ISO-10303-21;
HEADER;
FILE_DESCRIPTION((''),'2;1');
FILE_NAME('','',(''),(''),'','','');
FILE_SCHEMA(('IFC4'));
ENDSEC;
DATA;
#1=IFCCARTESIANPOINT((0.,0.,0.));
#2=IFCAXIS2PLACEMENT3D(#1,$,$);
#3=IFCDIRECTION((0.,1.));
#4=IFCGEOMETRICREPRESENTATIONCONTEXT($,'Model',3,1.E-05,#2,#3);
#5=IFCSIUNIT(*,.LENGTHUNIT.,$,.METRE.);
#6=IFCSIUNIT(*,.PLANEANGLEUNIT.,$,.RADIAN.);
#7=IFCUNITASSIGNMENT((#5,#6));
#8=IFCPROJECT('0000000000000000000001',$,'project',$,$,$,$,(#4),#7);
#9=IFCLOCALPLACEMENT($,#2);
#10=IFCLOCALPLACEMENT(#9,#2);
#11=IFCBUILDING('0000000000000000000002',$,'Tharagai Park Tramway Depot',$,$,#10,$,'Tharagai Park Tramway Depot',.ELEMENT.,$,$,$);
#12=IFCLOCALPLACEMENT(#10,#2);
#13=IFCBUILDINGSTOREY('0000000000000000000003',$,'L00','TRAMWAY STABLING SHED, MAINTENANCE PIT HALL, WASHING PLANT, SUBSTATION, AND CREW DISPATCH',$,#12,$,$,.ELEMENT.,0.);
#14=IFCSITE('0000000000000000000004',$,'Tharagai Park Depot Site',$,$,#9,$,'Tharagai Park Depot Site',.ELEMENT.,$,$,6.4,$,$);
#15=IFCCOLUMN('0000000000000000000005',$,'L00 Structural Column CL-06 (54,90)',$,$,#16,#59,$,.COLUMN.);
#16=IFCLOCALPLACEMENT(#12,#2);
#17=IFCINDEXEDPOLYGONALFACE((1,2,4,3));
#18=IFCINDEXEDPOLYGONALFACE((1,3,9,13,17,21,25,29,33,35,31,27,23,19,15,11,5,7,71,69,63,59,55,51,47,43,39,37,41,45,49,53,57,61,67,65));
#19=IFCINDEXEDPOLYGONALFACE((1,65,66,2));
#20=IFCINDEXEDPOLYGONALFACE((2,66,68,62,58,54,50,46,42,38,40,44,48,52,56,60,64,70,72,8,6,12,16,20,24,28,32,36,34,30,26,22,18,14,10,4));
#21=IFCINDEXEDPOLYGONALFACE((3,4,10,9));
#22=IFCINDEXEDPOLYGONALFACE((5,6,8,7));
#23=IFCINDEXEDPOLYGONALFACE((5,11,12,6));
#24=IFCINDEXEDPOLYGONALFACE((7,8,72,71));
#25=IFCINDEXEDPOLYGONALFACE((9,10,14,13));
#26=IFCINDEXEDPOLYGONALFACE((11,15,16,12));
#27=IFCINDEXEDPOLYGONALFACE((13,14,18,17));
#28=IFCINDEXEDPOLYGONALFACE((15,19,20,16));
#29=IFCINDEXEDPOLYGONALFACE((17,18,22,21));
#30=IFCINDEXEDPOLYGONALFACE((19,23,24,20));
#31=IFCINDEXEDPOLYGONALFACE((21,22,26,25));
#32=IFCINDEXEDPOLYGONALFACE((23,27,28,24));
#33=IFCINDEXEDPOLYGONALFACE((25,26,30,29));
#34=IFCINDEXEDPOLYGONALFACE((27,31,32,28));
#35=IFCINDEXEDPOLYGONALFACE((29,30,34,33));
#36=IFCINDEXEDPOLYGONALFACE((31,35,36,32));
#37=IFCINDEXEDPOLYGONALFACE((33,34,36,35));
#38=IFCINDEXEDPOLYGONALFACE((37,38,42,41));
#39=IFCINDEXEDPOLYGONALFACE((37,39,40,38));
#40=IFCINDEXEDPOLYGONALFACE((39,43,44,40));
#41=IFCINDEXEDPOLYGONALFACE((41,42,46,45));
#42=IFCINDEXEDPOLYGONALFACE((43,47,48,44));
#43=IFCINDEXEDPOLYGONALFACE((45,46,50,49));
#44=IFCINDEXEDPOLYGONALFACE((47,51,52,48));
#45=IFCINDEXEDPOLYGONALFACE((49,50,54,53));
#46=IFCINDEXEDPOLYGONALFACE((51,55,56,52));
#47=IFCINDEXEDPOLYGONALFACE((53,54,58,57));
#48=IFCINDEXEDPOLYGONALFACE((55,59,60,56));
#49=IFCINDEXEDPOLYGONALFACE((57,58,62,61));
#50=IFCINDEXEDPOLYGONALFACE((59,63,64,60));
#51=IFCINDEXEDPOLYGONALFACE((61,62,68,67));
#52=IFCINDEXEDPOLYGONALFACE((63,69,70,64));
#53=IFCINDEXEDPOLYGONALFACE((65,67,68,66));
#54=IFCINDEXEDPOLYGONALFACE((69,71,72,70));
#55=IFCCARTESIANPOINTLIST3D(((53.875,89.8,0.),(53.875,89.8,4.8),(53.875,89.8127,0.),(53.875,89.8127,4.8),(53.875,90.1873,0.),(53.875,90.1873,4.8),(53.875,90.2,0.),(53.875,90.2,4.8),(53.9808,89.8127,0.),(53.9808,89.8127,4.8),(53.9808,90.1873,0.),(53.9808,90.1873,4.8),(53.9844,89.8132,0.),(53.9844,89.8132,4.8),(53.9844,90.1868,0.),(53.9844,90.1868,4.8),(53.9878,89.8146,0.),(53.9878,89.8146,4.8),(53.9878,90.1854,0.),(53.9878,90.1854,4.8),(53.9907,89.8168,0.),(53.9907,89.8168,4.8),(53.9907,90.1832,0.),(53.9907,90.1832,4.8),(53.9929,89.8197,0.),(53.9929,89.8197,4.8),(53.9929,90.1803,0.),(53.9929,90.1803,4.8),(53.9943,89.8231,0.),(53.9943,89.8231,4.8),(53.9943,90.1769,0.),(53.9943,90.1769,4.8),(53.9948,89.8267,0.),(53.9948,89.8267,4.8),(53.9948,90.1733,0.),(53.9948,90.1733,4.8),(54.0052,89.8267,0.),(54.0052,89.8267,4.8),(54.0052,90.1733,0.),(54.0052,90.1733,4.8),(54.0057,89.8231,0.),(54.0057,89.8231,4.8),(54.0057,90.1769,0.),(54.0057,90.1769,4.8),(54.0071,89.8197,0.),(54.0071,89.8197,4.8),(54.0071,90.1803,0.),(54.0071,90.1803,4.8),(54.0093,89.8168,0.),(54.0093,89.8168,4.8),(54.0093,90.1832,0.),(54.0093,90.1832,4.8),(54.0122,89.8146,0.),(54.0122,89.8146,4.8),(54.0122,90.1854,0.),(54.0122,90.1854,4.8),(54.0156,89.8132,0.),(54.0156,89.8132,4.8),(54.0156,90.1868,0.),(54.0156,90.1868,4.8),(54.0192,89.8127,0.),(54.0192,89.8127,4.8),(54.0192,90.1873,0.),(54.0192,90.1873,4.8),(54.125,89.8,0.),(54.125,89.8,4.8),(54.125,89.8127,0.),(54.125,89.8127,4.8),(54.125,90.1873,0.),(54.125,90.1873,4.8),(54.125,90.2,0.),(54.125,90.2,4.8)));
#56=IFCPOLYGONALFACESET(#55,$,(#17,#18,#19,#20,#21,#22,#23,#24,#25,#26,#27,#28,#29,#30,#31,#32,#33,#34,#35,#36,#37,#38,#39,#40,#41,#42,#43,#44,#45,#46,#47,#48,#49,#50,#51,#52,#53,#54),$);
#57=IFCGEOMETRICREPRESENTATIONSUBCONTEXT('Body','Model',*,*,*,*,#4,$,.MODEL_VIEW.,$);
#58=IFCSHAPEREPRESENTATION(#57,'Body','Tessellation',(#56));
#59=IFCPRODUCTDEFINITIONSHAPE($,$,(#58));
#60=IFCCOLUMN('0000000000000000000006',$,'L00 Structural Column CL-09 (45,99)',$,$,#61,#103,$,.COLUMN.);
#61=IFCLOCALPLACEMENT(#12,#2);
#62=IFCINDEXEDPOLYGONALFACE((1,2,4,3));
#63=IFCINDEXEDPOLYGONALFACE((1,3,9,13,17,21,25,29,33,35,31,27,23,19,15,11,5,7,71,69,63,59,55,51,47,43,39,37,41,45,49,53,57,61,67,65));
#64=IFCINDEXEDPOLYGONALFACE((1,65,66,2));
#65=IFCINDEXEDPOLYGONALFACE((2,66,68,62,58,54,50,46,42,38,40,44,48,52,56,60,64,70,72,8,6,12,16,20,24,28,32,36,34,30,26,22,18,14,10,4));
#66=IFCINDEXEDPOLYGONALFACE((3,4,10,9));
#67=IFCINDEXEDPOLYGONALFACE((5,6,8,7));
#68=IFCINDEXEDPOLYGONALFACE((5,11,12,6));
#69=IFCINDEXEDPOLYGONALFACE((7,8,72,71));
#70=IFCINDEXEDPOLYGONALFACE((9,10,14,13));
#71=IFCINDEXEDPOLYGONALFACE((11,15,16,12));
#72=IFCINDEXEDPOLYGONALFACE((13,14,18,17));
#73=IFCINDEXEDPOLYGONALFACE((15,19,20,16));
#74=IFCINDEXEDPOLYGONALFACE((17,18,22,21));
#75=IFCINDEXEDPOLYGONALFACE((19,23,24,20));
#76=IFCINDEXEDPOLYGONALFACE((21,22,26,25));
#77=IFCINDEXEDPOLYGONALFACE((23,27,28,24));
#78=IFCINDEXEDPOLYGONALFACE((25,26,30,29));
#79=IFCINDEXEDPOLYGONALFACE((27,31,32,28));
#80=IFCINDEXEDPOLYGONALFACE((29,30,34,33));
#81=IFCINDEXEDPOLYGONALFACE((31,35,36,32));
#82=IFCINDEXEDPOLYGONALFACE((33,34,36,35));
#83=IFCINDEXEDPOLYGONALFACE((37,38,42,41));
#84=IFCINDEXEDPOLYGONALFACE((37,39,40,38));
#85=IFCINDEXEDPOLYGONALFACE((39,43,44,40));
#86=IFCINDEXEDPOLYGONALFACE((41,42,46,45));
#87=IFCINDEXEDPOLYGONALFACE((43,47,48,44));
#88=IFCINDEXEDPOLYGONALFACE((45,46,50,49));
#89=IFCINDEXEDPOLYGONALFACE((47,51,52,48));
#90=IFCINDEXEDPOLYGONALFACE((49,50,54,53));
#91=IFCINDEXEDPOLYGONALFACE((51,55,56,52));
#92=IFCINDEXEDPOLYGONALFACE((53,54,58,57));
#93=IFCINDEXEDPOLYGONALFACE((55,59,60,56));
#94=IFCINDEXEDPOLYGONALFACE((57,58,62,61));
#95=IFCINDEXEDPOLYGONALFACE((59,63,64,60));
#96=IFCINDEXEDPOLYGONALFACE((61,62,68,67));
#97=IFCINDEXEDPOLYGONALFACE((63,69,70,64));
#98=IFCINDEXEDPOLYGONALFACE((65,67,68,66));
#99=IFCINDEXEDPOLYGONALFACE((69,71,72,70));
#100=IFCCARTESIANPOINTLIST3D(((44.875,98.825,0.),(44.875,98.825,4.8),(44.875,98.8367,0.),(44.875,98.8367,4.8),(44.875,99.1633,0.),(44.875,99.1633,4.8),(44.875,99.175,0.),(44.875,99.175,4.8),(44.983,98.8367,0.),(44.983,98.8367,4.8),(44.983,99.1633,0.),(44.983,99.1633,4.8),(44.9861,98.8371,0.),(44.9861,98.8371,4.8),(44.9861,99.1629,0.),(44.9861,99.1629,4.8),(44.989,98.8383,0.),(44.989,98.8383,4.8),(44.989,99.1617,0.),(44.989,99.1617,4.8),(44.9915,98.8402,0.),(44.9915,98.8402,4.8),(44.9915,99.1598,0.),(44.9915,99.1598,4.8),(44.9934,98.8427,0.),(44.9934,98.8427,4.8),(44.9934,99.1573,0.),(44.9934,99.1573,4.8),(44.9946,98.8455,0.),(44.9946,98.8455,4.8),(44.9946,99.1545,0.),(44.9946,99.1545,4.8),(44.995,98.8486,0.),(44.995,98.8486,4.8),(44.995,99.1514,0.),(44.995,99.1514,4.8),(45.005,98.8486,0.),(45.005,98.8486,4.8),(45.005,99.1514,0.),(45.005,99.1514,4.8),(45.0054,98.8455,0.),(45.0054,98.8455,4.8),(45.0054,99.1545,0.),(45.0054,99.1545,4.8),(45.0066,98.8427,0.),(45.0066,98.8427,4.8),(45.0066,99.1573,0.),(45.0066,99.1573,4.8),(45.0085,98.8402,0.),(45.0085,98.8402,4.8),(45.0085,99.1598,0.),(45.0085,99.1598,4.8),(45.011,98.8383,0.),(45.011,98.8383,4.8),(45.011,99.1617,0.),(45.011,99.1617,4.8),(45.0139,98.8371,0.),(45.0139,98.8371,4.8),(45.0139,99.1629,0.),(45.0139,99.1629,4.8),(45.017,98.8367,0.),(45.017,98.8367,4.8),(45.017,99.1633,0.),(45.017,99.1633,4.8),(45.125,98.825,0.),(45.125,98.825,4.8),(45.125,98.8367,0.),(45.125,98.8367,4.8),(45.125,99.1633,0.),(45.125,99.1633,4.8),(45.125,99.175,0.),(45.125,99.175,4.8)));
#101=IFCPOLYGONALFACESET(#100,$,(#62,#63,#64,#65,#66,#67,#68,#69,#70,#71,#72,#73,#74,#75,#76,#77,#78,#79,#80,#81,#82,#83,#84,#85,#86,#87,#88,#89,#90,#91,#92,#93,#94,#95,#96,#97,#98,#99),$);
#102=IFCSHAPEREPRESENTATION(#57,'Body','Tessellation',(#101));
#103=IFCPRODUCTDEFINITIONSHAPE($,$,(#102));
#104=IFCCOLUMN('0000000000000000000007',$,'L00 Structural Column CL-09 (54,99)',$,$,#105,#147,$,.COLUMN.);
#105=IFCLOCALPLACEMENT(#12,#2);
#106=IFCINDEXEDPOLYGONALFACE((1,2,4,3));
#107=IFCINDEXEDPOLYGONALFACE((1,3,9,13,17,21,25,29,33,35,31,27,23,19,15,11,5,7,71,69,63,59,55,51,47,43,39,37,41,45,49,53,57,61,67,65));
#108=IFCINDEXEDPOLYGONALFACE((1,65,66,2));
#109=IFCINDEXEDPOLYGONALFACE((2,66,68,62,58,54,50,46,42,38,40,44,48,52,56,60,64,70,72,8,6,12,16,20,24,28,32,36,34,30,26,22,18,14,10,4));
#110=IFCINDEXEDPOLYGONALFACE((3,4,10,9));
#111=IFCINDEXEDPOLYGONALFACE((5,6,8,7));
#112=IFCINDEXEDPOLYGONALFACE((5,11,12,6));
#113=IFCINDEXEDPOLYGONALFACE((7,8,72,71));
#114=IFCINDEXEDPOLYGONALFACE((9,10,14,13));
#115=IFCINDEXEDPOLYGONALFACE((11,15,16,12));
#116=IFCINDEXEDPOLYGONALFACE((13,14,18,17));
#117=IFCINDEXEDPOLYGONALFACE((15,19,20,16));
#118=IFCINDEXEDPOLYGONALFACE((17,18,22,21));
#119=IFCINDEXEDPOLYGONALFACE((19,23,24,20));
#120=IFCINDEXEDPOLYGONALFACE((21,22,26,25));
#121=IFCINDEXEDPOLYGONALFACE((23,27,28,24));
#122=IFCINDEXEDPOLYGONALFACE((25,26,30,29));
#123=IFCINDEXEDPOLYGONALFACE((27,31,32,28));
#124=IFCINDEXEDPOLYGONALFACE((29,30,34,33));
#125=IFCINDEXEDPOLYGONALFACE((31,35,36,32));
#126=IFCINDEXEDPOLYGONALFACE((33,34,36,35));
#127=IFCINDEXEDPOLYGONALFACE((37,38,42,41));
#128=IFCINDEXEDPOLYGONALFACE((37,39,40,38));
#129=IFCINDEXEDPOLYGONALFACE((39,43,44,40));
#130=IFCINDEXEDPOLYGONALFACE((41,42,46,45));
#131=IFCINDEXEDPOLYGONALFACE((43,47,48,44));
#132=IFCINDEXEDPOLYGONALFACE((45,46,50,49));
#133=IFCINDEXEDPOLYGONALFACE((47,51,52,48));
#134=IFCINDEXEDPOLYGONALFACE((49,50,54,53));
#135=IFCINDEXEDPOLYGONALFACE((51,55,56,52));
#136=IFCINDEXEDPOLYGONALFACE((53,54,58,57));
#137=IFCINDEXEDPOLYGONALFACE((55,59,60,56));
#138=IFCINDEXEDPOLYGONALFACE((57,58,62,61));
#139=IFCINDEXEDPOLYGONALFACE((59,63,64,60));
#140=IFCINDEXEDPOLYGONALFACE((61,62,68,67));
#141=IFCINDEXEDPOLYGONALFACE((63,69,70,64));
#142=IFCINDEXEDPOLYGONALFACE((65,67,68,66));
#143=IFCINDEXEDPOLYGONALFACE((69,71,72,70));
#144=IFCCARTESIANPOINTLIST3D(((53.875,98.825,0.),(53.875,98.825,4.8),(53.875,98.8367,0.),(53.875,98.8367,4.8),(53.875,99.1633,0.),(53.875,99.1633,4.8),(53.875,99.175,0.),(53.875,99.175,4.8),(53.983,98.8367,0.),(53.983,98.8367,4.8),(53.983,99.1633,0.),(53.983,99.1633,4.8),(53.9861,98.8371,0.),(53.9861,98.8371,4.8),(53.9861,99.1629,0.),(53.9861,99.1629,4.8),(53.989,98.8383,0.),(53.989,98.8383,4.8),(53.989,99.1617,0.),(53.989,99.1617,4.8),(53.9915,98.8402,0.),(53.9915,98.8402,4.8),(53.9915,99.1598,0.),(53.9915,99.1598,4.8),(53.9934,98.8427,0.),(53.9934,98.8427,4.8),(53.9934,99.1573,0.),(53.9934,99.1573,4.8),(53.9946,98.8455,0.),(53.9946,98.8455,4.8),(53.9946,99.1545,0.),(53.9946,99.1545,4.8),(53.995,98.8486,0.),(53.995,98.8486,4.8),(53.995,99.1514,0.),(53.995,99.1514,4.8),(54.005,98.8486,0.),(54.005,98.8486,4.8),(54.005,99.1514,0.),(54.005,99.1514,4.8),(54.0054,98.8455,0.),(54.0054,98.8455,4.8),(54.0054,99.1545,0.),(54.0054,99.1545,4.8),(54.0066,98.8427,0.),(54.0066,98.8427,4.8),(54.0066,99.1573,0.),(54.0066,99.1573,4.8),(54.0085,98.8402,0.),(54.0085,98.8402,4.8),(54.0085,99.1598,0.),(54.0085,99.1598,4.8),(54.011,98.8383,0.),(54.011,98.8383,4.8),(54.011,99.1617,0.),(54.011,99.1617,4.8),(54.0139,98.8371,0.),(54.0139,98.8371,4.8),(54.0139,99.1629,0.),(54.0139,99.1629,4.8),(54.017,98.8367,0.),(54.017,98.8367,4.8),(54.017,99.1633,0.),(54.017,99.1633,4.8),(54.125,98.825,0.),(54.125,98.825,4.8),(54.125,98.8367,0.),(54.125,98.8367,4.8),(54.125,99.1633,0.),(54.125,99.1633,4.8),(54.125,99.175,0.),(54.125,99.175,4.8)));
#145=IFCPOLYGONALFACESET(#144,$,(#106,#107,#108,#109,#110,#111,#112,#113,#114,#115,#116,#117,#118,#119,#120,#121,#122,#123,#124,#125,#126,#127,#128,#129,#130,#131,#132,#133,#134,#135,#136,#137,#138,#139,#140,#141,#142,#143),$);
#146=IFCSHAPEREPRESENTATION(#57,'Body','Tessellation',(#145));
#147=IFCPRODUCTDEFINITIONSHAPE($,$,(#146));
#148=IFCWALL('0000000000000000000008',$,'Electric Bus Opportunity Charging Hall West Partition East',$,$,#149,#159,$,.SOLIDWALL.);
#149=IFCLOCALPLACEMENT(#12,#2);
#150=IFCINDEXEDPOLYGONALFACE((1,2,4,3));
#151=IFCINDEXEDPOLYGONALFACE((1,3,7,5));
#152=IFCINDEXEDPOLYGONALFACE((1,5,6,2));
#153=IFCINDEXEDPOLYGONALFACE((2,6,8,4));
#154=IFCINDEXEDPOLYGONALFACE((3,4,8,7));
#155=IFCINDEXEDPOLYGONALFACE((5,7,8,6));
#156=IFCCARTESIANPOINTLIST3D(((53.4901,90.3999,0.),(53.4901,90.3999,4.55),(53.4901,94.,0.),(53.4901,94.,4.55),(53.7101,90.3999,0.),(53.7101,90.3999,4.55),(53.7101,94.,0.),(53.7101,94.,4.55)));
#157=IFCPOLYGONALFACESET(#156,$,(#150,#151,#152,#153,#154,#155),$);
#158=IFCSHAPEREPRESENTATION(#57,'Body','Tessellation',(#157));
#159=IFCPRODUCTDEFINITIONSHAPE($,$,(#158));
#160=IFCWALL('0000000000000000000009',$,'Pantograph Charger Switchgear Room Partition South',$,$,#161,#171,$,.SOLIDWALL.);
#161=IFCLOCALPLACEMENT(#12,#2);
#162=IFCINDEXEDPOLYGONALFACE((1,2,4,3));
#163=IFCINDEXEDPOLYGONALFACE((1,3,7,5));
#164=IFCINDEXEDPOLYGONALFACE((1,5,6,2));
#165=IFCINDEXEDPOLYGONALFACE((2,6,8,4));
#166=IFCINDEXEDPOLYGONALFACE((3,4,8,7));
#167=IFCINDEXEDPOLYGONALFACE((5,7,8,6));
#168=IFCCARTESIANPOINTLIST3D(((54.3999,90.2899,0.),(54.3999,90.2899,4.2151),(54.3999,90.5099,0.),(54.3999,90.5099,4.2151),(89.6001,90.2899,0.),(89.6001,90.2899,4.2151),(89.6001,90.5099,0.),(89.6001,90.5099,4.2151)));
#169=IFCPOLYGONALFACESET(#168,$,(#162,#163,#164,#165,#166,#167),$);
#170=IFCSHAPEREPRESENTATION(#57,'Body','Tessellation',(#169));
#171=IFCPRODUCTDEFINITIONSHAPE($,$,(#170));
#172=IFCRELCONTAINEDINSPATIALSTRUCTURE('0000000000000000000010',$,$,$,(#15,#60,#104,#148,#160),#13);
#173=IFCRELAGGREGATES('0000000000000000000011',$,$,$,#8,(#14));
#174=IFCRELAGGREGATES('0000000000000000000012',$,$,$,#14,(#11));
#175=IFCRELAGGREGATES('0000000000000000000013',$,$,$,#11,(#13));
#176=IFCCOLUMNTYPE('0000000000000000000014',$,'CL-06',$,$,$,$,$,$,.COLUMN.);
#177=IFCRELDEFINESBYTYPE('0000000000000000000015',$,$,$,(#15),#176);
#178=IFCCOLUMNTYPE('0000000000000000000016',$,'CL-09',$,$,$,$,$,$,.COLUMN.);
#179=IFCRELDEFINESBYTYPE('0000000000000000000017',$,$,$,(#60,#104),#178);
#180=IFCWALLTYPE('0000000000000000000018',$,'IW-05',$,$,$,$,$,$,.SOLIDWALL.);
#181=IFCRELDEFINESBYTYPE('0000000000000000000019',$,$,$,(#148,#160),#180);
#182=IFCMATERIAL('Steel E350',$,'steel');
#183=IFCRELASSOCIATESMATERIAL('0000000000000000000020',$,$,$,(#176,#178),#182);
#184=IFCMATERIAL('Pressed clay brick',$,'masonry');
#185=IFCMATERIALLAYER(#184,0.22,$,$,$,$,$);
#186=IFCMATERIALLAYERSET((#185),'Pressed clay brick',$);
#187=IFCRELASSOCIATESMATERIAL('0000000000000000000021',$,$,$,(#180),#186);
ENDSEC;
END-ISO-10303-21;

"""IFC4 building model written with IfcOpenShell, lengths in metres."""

from ifc_helpers import new_model, si_unit, direction, frame, frame_2d, origin, origin_2d, place, context, subcontext, project, spatial, rectangle, i_section, extrude, material, layer, layer_set, material_profile, profile_set, type_object, element, save


model = new_model("IFC4")

# Units and contexts
model_context = context("Model", 3, precision=1e-05, world=origin(), true_north=direction((0.0, 1.0)))
body_context = subcontext(model_context, "Body", "Model", "MODEL_VIEW")
ifc_project = project(units=[si_unit("LENGTHUNIT", "METRE"), si_unit("PLANEANGLEUNIT", "RADIAN")], contexts=[model_context])

# Site, building, storey
site_placement = place(None, origin())
site = spatial("IfcSite", under=ifc_project, at=site_placement, Name="Tharagai Park Depot Site", LongName="Tharagai Park Depot Site", CompositionType="ELEMENT", RefElevation=6.4)
building_placement = place(site_placement, origin())
building = spatial("IfcBuilding", under=site, at=building_placement, Name="Tharagai Park Tramway Depot", LongName="Tharagai Park Tramway Depot", CompositionType="ELEMENT")
storey_placement = place(building_placement, origin())
storey = spatial("IfcBuildingStorey", under=building, at=storey_placement, Name="L00", Description="TRAMWAY STABLING SHED, MAINTENANCE PIT HALL, WASHING PLANT, SUBSTATION, AND CREW DISPATCH", CompositionType="ELEMENT", Elevation=0.0)

# Columns
ifc_material_1 = material(Name="Steel E350", Category="steel")
ifc_material_profile_1 = material_profile(ifc_material_1, i_section(OverallWidth=0.25, OverallDepth=0.3999, WebThickness=0.0105, FlangeThickness=0.0127, FilletRadius=0.0139, at=origin_2d()), Name="ISHB 400")
ifc_profile_set_1 = profile_set([ifc_material_profile_1], Name="Steel E350")
column_type_1 = type_object("IfcColumnType", Name="CL-06", PredefinedType="COLUMN", material=ifc_profile_set_1)
for number, where, z_axis, x_axis, name in (
    (1, (54.0, 90.0, 0.0), (0.0, 0.0, 1.0), (1.0, 0.0, 0.0), "L00 Structural Column CL-06 (54,90)"),
):
    element("IfcColumn", number, at=place(storey_placement, frame(where, z_axis=z_axis, x_axis=x_axis)), inside=storey, type_object=column_type_1, Name=name, PredefinedType="COLUMN", context=body_context, shape_type="SweptSolid", body=[
        extrude(i_section(OverallWidth=0.25, OverallDepth=0.3999, WebThickness=0.0105, FlangeThickness=0.0127, FilletRadius=0.0139, at=origin_2d()), origin(), (0.0, 0.0, 1.0), 4.8),
    ])
ifc_material_profile_2 = material_profile(ifc_material_1, i_section(OverallWidth=0.25, OverallDepth=0.3501, WebThickness=0.01, FlangeThickness=0.0117, FilletRadius=0.012, at=origin_2d()), Name="ISHB 350")
ifc_profile_set_2 = profile_set([ifc_material_profile_2], Name="Steel E350")
column_type_2 = type_object("IfcColumnType", Name="CL-09", PredefinedType="COLUMN", material=ifc_profile_set_2)
for number, where, z_axis, x_axis, name in (
    (2, (45.0, 99.0, 0.0), (0.0, 0.0, 1.0), (1.0, 0.0, 0.0), "L00 Structural Column CL-09 (45,99)"),
    (3, (54.0, 99.0, 0.0), (0.0, 0.0, 1.0), (1.0, 0.0, 0.0), "L00 Structural Column CL-09 (54,99)"),
):
    element("IfcColumn", number, at=place(storey_placement, frame(where, z_axis=z_axis, x_axis=x_axis)), inside=storey, type_object=column_type_2, Name=name, PredefinedType="COLUMN", context=body_context, shape_type="SweptSolid", body=[
        extrude(i_section(OverallWidth=0.25, OverallDepth=0.3501, WebThickness=0.01, FlangeThickness=0.0117, FilletRadius=0.012, at=origin_2d()), origin(), (0.0, 0.0, 1.0), 4.8),
    ])

# Walls
ifc_material_2 = material(Name="Pressed clay brick", Category="masonry")
ifc_layer = layer(ifc_material_2, 0.22)
ifc_layer_set = layer_set([ifc_layer], Name="Pressed clay brick")
wall_type = type_object("IfcWallType", Name="IW-05", PredefinedType="SOLIDWALL", material=ifc_layer_set)
wall_1_placement = place(storey_placement, frame((53.6001, 90.3999, 0.0), z_axis=(0.0, 0.0, 1.0), x_axis=(0.0, 1.0, 0.0)))
element("IfcWall", 4, at=wall_1_placement, inside=storey, type_object=wall_type, Name="Electric Bus Opportunity Charging Hall West Partition East", PredefinedType="SOLIDWALL", context=body_context, shape_type="SweptSolid", body=[
    extrude(rectangle(XDim=3.6001, YDim=0.22, at=frame_2d((1.8, 0.0))), origin(), (0.0, 0.0, 1.0), 4.55),
])
wall_2_placement = place(storey_placement, frame((54.3999, 90.3999, 0.0), z_axis=(0.0, 0.0, 1.0), x_axis=(1.0, 0.0, 0.0)))
element("IfcWall", 5, at=wall_2_placement, inside=storey, type_object=wall_type, Name="Pantograph Charger Switchgear Room Partition South", PredefinedType="SOLIDWALL", context=body_context, shape_type="SweptSolid", body=[
    extrude(rectangle(XDim=35.2002, YDim=0.22, at=frame_2d((17.6001, 0.0))), origin(), (0.0, 0.0, 1.0), 4.2151),
])

save(model, "model.ifc")
